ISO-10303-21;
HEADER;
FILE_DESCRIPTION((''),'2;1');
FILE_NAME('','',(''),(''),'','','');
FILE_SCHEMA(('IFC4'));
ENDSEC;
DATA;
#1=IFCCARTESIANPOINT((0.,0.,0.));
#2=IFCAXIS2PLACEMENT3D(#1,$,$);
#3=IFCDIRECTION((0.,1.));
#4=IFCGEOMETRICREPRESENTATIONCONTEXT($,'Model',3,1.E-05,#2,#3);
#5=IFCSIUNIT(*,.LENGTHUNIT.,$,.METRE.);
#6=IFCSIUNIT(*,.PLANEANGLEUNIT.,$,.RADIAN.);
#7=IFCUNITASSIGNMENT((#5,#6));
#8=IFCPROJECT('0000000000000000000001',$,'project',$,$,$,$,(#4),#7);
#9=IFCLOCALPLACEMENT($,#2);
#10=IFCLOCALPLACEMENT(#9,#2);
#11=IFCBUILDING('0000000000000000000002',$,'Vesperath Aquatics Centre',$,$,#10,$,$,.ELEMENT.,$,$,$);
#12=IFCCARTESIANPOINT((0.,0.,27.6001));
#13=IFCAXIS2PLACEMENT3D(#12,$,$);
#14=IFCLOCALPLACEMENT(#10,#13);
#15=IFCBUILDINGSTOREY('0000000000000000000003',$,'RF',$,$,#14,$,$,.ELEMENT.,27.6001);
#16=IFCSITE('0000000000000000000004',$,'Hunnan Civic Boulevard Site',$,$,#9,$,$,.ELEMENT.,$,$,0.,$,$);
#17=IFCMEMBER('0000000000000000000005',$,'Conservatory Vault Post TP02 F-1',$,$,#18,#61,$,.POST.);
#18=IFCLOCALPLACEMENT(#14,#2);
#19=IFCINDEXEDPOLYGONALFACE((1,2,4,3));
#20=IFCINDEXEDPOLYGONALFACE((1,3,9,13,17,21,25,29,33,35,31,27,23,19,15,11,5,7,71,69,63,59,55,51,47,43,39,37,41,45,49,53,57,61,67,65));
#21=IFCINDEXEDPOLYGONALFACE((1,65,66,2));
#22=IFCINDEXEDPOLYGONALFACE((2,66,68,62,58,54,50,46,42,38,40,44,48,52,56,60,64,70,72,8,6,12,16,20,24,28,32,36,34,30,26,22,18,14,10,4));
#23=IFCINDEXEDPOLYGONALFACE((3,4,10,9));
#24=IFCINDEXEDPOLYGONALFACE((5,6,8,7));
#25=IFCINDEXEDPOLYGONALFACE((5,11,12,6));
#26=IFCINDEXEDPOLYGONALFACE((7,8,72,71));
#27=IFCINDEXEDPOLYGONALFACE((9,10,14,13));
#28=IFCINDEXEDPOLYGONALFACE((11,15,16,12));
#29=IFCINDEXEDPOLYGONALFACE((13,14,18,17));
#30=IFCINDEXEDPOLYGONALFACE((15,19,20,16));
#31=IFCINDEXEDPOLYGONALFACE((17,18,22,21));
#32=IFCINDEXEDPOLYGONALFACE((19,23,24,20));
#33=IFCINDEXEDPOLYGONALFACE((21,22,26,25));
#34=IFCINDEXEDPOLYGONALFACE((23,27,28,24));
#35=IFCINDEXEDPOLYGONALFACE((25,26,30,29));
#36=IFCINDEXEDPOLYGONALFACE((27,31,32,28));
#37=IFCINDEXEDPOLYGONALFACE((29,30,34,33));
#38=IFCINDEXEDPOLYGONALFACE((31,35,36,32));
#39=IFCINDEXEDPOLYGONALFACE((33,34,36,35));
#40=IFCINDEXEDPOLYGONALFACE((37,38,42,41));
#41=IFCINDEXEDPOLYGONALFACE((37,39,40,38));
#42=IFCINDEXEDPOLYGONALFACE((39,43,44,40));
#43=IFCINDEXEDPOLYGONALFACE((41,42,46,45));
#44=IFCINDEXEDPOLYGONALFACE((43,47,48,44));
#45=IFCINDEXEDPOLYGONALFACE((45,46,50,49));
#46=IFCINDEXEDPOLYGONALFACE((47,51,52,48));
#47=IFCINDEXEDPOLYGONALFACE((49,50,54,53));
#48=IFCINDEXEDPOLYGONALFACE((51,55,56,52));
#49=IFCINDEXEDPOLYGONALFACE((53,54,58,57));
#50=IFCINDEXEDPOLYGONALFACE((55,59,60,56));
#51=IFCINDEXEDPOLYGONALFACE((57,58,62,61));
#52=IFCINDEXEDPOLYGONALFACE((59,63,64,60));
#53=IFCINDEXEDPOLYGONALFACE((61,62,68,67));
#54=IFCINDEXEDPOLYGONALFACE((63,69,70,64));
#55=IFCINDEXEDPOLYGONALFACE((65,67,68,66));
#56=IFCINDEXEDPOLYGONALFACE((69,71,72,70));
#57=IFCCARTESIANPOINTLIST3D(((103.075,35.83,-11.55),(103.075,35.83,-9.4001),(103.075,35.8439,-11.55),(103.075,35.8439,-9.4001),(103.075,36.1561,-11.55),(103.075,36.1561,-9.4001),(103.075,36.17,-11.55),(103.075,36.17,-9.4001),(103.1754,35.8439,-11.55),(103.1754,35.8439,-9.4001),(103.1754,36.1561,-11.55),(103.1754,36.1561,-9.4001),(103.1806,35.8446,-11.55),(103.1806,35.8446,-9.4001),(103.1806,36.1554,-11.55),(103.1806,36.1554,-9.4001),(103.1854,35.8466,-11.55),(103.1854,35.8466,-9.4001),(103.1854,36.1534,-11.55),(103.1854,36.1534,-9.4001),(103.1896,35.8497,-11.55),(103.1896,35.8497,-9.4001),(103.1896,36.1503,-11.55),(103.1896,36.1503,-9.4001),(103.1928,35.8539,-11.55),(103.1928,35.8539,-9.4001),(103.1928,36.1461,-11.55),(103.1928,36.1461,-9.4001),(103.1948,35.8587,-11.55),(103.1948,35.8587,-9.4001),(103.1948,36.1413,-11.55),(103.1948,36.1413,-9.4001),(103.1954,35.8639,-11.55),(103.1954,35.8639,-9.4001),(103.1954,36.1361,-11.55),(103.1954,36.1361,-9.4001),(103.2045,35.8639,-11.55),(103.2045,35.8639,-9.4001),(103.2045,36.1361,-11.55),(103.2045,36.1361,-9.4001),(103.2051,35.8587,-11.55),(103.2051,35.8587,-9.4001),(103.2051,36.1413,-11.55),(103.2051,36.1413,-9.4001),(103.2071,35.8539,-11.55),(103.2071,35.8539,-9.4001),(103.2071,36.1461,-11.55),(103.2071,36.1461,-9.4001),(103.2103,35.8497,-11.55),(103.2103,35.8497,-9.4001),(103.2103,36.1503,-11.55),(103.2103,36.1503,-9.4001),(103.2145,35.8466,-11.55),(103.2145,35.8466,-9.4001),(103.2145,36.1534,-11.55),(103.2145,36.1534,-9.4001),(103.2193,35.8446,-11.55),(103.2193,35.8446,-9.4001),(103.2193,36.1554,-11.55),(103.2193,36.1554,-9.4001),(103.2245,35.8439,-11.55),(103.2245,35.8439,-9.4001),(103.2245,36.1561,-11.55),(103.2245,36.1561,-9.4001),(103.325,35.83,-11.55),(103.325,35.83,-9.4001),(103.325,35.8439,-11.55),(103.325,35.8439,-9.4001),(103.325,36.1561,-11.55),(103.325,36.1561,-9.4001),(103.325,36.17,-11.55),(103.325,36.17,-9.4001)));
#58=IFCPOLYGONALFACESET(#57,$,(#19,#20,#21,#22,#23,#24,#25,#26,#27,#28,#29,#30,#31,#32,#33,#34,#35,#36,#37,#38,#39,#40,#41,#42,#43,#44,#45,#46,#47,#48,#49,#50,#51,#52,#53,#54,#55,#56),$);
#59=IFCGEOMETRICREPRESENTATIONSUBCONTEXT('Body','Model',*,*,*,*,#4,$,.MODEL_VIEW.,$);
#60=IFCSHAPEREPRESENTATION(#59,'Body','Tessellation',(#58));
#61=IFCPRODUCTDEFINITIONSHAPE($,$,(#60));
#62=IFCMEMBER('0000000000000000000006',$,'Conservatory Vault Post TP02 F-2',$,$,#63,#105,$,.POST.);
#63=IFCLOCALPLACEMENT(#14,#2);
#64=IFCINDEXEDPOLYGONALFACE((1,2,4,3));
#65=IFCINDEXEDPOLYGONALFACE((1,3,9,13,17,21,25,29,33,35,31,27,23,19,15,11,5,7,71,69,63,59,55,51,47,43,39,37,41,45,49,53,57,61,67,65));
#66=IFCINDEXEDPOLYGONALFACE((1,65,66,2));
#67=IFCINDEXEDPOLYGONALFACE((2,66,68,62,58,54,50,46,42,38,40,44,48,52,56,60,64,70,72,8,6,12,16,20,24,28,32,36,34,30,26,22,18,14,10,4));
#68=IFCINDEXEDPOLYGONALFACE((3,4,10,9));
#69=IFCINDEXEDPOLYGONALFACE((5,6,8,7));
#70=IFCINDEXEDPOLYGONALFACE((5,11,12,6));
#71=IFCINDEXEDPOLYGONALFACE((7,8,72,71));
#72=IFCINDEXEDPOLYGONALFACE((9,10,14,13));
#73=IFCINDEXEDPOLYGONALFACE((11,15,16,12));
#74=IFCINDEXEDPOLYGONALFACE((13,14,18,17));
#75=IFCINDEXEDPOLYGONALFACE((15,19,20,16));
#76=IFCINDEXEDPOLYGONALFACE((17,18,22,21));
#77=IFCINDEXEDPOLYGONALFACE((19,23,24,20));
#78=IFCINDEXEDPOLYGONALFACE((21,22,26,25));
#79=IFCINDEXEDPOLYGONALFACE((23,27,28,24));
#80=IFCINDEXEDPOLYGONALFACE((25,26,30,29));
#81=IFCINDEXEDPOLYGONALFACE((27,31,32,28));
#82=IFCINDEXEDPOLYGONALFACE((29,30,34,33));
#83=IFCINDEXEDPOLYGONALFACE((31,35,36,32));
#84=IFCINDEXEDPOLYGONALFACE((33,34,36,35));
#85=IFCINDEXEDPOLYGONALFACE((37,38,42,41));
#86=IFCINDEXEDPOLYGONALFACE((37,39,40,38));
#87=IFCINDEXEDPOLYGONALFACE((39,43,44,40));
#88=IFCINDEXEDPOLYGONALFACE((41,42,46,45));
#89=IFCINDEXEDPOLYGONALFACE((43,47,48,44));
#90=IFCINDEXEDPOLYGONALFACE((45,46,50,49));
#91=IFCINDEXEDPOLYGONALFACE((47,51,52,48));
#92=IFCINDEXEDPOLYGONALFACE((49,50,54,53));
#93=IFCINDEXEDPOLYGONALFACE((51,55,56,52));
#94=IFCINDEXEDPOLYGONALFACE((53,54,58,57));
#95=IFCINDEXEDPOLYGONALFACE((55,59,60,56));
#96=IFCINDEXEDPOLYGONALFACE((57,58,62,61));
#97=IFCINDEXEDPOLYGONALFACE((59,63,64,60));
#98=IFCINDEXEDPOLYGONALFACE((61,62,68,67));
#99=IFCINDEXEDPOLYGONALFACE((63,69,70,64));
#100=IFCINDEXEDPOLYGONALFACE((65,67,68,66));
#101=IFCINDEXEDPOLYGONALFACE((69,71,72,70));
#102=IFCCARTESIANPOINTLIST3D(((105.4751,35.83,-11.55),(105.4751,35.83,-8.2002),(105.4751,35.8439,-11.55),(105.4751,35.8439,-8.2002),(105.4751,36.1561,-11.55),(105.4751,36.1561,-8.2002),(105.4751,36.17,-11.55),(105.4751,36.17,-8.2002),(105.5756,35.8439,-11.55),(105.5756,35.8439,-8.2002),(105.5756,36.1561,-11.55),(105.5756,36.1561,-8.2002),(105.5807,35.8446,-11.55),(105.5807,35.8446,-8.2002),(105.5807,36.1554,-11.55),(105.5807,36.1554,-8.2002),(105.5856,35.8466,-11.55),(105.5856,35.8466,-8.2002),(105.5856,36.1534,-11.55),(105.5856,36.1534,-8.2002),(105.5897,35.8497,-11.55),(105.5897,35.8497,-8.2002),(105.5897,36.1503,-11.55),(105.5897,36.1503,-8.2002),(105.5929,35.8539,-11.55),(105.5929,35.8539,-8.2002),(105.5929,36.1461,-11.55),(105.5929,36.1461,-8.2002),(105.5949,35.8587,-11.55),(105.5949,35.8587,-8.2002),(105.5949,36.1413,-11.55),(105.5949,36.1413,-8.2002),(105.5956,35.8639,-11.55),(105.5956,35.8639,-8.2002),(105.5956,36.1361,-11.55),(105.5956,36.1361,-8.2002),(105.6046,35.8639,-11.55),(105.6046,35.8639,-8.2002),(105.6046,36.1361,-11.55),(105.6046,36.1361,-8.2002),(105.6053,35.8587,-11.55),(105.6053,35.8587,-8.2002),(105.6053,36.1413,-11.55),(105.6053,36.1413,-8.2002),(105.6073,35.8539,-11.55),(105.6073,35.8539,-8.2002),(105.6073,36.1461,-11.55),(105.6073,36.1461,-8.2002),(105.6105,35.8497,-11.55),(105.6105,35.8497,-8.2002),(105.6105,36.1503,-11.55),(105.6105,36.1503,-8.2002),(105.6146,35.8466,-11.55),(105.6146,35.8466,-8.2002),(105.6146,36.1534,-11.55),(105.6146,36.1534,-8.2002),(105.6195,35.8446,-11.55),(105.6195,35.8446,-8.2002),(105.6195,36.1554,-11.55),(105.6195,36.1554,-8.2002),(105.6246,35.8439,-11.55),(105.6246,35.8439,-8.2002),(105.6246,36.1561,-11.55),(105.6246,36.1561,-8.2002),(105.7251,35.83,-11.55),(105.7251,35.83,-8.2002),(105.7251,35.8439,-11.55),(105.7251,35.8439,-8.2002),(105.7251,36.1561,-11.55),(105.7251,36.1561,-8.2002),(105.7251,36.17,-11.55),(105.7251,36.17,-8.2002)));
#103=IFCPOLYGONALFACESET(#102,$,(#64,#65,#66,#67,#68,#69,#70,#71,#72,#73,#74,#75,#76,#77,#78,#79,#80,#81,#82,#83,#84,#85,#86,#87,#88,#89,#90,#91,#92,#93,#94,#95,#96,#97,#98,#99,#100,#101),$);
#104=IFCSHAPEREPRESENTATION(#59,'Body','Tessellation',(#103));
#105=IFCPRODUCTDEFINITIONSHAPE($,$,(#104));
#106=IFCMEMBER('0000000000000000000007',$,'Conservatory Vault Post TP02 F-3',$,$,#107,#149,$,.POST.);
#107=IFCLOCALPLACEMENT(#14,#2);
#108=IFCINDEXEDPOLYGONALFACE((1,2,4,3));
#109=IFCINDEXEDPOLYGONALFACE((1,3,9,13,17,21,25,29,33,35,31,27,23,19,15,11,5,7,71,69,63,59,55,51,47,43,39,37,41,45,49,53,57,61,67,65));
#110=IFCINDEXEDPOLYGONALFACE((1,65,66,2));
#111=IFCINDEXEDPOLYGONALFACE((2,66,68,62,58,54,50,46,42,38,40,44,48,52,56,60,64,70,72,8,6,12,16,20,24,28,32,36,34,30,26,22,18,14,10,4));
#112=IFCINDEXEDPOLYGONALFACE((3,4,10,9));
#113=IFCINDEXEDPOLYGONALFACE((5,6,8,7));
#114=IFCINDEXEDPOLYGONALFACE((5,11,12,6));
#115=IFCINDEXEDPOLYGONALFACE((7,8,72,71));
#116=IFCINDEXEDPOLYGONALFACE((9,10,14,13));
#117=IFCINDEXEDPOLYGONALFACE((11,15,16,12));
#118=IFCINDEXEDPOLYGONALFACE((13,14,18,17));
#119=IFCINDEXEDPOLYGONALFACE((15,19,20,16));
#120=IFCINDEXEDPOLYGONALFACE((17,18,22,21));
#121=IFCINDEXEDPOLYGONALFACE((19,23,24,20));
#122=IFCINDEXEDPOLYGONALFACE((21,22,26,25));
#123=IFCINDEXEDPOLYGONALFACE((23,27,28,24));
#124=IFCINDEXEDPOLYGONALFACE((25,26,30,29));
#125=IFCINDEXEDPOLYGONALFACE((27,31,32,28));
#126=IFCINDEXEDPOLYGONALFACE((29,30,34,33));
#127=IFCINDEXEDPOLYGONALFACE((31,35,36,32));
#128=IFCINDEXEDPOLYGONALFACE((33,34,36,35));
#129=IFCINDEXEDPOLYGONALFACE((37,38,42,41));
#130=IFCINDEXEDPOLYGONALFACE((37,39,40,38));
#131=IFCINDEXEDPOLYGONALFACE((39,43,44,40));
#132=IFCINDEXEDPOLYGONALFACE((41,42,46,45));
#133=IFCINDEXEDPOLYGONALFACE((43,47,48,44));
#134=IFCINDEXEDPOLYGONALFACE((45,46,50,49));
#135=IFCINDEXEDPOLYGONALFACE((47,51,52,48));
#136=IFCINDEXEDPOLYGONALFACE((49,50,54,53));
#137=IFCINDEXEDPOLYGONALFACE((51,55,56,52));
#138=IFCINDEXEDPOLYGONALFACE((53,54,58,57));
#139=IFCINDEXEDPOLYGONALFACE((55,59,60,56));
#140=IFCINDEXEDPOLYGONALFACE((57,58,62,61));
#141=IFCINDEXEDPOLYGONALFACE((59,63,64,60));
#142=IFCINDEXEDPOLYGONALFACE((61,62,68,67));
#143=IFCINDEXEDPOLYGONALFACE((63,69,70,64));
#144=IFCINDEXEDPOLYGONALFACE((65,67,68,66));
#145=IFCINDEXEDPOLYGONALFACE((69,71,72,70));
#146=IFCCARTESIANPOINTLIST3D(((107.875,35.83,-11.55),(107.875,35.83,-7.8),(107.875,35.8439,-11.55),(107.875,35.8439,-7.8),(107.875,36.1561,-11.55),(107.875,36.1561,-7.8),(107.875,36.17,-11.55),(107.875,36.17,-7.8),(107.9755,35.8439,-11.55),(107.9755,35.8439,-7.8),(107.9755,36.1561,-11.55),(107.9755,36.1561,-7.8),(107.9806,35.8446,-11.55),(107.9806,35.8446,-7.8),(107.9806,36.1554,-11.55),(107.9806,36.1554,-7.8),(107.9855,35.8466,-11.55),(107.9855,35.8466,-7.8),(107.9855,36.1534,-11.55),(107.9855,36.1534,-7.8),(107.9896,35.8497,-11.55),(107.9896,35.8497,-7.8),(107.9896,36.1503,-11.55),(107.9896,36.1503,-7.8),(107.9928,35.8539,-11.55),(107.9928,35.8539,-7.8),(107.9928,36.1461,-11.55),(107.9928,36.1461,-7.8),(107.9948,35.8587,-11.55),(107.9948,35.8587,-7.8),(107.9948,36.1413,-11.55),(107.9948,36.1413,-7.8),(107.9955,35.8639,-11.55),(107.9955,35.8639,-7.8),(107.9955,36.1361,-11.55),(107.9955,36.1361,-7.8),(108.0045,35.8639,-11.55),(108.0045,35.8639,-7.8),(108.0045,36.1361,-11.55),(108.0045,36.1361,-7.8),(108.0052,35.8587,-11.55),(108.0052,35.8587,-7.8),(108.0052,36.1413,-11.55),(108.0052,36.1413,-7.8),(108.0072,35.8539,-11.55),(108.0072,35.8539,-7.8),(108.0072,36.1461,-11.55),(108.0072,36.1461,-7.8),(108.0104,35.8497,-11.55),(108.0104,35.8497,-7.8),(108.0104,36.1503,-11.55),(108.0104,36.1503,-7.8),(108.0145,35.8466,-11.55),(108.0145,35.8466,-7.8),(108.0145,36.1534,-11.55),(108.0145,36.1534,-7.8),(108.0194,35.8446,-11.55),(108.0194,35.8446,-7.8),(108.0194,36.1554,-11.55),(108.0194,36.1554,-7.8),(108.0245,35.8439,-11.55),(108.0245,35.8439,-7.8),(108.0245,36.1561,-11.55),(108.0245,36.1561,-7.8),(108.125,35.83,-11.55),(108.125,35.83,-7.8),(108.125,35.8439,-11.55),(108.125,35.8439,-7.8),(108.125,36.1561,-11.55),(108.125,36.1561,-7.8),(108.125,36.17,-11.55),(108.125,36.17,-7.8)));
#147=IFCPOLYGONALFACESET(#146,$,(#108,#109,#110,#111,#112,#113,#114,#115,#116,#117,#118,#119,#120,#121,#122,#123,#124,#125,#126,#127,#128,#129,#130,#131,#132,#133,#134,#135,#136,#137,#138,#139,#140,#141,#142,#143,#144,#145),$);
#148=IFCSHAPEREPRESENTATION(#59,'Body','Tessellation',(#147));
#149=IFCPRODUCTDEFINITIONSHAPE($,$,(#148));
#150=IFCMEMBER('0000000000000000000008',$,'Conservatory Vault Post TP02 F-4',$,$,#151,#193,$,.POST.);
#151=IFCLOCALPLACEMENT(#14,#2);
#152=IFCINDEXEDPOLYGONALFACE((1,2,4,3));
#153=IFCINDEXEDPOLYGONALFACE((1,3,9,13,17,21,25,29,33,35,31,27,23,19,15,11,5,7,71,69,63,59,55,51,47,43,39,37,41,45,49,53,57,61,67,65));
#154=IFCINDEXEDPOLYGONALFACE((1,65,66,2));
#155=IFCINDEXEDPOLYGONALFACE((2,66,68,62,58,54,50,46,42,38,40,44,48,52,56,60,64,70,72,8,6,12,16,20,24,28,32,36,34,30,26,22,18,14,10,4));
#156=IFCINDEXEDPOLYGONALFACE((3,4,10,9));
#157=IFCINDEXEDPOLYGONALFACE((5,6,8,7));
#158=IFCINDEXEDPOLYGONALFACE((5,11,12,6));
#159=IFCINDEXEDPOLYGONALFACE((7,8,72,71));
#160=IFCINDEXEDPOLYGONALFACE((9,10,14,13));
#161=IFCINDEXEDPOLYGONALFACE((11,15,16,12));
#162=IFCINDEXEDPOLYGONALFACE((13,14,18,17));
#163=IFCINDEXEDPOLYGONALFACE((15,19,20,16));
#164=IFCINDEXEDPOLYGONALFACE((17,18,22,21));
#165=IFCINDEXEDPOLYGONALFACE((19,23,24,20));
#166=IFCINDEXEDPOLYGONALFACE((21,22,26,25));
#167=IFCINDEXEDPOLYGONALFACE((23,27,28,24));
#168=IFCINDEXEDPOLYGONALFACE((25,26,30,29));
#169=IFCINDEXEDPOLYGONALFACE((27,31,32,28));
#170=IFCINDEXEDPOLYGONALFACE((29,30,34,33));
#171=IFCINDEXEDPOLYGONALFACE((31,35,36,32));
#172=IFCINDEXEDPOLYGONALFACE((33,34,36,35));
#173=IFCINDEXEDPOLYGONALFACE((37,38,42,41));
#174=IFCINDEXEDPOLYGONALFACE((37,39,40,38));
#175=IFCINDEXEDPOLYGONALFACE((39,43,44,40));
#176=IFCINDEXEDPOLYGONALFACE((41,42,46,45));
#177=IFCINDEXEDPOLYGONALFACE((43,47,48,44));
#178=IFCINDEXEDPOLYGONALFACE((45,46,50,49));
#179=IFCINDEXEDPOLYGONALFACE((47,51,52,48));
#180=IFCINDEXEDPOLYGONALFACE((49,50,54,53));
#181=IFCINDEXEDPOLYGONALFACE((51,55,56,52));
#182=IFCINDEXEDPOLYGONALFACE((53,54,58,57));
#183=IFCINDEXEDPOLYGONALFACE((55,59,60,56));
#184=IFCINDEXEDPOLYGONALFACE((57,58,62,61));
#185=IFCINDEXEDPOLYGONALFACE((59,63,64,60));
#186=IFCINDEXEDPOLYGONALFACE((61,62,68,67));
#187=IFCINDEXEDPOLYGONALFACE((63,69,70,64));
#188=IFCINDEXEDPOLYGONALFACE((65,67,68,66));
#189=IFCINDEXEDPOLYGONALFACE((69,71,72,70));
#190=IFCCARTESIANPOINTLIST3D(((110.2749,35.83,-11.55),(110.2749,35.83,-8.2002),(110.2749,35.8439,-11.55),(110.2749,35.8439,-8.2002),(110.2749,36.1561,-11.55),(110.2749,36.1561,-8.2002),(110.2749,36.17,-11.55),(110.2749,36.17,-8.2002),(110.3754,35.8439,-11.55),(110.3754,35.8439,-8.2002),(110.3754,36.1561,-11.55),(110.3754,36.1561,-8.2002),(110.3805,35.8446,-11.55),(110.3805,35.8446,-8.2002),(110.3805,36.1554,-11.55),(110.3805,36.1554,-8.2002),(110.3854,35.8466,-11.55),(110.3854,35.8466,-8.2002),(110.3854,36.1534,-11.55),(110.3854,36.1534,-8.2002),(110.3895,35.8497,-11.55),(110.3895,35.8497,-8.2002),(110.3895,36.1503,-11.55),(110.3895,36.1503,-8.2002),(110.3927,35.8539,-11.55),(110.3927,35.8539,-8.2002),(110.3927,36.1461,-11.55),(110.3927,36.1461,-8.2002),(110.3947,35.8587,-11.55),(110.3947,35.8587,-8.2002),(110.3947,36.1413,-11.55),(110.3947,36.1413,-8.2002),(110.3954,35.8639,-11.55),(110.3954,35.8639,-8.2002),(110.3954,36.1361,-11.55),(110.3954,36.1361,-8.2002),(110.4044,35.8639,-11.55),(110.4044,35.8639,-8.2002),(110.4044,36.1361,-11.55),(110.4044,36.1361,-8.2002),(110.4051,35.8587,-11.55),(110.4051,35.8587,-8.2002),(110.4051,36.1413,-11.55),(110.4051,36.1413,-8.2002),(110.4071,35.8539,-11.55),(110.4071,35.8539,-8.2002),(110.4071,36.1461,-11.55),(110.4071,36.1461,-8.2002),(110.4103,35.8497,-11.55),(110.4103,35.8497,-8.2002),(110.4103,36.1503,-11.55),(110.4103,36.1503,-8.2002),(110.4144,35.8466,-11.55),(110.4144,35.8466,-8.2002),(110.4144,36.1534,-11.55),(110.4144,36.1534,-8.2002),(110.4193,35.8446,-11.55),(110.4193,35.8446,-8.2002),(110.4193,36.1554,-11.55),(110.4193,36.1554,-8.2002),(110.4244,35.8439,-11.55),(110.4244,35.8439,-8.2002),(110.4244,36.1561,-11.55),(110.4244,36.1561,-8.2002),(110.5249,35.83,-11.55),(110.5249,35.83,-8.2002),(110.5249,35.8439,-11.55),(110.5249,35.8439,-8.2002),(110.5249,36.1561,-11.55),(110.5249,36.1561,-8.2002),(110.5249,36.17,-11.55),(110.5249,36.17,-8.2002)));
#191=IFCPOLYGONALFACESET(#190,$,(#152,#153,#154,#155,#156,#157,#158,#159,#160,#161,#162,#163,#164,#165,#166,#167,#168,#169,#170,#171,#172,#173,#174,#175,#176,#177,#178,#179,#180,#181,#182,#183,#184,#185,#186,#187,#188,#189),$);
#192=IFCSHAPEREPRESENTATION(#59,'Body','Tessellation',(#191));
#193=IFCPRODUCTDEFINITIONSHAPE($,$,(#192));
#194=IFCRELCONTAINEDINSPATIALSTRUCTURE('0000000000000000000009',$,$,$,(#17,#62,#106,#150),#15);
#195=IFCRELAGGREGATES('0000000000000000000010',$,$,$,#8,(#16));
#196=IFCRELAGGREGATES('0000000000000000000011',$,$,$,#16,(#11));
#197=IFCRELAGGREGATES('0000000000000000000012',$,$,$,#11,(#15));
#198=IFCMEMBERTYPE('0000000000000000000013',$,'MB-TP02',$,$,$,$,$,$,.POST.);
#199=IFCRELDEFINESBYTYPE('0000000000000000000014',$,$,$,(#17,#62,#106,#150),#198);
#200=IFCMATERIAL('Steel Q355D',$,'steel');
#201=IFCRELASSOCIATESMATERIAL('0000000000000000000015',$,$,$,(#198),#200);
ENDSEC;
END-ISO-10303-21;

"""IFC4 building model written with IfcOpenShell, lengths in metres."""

from ifc_helpers import new_model, si_unit, direction, frame, origin, origin_2d, place, context, subcontext, project, spatial, i_section, extrude, material, material_profile, profile_set, type_object, element, save


model = new_model("IFC4")

# Units and contexts
model_context = context("Model", 3, precision=1e-05, world=origin(), true_north=direction((0.0, 1.0)))
body_context = subcontext(model_context, "Body", "Model", "MODEL_VIEW")
ifc_project = project(units=[si_unit("LENGTHUNIT", "METRE"), si_unit("PLANEANGLEUNIT", "RADIAN")], contexts=[model_context])

# Site, building, storey
site_placement = place(None, origin())
site = spatial("IfcSite", under=ifc_project, at=site_placement, Name="Hunnan Civic Boulevard Site", CompositionType="ELEMENT", RefElevation=0.0)
building_placement = place(site_placement, origin())
building = spatial("IfcBuilding", under=site, at=building_placement, Name="Vesperath Aquatics Centre", CompositionType="ELEMENT")
storey_placement = place(building_placement, frame((0.0, 0.0, 27.6001)))
storey = spatial("IfcBuildingStorey", under=building, at=storey_placement, Name="RF", CompositionType="ELEMENT", Elevation=27.6001)

# Shared definitions
ifc_material_1 = material(Name="Steel Q355D", Category="steel")

# Members
ifc_material_profile_1 = material_profile(ifc_material_1, i_section(OverallWidth=0.25, OverallDepth=0.3401, WebThickness=0.009, FlangeThickness=0.0139, FilletRadius=0.02, at=origin_2d()), Name="HM 340x250x9x14")
ifc_profile_set_1 = profile_set([ifc_material_profile_1], Name="Steel Q355D")
member_type_1 = type_object("IfcMemberType", Name="MB-TP02", PredefinedType="POST", material=ifc_profile_set_1)
member_1_placement = place(storey_placement, frame((103.2, 36.0, -11.55), z_axis=(0.0, 0.0, 1.0), x_axis=(1.0, 0.0, 0.0)))
element("IfcMember", 1, at=member_1_placement, inside=storey, type_object=member_type_1, Name="Conservatory Vault Post TP02 F-1", PredefinedType="POST", context=body_context, shape_type="SweptSolid", body=[
    extrude(i_section(OverallWidth=0.25, OverallDepth=0.3401, WebThickness=0.009, FlangeThickness=0.0139, FilletRadius=0.02, at=origin_2d()), origin(), (0.0, 0.0, 1.0), 2.1499),
])
member_2_placement = place(storey_placement, frame((105.6001, 36.0, -11.55), z_axis=(0.0, 0.0, 1.0), x_axis=(1.0, 0.0, 0.0)))
element("IfcMember", 2, at=member_2_placement, inside=storey, type_object=member_type_1, Name="Conservatory Vault Post TP02 F-2", PredefinedType="POST", context=body_context, shape_type="SweptSolid", body=[
    extrude(i_section(OverallWidth=0.25, OverallDepth=0.3401, WebThickness=0.009, FlangeThickness=0.0139, FilletRadius=0.02, at=origin_2d()), origin(), (0.0, 0.0, 1.0), 3.3499),
])
member_3_placement = place(storey_placement, frame((108.0, 36.0, -11.55), z_axis=(0.0, 0.0, 1.0), x_axis=(1.0, 0.0, 0.0)))
element("IfcMember", 3, at=member_3_placement, inside=storey, type_object=member_type_1, Name="Conservatory Vault Post TP02 F-3", PredefinedType="POST", context=body_context, shape_type="SweptSolid", body=[
    extrude(i_section(OverallWidth=0.25, OverallDepth=0.3401, WebThickness=0.009, FlangeThickness=0.0139, FilletRadius=0.02, at=origin_2d()), origin(), (0.0, 0.0, 1.0), 3.75),
])
member_4_placement = place(storey_placement, frame((110.3999, 36.0, -11.55), z_axis=(0.0, 0.0, 1.0), x_axis=(1.0, 0.0, 0.0)))
element("IfcMember", 4, at=member_4_placement, inside=storey, type_object=member_type_1, Name="Conservatory Vault Post TP02 F-4", PredefinedType="POST", context=body_context, shape_type="SweptSolid", body=[
    extrude(i_section(OverallWidth=0.25, OverallDepth=0.3401, WebThickness=0.009, FlangeThickness=0.0139, FilletRadius=0.02, at=origin_2d()), origin(), (0.0, 0.0, 1.0), 3.3499),
])

save(model, "model.ifc")
